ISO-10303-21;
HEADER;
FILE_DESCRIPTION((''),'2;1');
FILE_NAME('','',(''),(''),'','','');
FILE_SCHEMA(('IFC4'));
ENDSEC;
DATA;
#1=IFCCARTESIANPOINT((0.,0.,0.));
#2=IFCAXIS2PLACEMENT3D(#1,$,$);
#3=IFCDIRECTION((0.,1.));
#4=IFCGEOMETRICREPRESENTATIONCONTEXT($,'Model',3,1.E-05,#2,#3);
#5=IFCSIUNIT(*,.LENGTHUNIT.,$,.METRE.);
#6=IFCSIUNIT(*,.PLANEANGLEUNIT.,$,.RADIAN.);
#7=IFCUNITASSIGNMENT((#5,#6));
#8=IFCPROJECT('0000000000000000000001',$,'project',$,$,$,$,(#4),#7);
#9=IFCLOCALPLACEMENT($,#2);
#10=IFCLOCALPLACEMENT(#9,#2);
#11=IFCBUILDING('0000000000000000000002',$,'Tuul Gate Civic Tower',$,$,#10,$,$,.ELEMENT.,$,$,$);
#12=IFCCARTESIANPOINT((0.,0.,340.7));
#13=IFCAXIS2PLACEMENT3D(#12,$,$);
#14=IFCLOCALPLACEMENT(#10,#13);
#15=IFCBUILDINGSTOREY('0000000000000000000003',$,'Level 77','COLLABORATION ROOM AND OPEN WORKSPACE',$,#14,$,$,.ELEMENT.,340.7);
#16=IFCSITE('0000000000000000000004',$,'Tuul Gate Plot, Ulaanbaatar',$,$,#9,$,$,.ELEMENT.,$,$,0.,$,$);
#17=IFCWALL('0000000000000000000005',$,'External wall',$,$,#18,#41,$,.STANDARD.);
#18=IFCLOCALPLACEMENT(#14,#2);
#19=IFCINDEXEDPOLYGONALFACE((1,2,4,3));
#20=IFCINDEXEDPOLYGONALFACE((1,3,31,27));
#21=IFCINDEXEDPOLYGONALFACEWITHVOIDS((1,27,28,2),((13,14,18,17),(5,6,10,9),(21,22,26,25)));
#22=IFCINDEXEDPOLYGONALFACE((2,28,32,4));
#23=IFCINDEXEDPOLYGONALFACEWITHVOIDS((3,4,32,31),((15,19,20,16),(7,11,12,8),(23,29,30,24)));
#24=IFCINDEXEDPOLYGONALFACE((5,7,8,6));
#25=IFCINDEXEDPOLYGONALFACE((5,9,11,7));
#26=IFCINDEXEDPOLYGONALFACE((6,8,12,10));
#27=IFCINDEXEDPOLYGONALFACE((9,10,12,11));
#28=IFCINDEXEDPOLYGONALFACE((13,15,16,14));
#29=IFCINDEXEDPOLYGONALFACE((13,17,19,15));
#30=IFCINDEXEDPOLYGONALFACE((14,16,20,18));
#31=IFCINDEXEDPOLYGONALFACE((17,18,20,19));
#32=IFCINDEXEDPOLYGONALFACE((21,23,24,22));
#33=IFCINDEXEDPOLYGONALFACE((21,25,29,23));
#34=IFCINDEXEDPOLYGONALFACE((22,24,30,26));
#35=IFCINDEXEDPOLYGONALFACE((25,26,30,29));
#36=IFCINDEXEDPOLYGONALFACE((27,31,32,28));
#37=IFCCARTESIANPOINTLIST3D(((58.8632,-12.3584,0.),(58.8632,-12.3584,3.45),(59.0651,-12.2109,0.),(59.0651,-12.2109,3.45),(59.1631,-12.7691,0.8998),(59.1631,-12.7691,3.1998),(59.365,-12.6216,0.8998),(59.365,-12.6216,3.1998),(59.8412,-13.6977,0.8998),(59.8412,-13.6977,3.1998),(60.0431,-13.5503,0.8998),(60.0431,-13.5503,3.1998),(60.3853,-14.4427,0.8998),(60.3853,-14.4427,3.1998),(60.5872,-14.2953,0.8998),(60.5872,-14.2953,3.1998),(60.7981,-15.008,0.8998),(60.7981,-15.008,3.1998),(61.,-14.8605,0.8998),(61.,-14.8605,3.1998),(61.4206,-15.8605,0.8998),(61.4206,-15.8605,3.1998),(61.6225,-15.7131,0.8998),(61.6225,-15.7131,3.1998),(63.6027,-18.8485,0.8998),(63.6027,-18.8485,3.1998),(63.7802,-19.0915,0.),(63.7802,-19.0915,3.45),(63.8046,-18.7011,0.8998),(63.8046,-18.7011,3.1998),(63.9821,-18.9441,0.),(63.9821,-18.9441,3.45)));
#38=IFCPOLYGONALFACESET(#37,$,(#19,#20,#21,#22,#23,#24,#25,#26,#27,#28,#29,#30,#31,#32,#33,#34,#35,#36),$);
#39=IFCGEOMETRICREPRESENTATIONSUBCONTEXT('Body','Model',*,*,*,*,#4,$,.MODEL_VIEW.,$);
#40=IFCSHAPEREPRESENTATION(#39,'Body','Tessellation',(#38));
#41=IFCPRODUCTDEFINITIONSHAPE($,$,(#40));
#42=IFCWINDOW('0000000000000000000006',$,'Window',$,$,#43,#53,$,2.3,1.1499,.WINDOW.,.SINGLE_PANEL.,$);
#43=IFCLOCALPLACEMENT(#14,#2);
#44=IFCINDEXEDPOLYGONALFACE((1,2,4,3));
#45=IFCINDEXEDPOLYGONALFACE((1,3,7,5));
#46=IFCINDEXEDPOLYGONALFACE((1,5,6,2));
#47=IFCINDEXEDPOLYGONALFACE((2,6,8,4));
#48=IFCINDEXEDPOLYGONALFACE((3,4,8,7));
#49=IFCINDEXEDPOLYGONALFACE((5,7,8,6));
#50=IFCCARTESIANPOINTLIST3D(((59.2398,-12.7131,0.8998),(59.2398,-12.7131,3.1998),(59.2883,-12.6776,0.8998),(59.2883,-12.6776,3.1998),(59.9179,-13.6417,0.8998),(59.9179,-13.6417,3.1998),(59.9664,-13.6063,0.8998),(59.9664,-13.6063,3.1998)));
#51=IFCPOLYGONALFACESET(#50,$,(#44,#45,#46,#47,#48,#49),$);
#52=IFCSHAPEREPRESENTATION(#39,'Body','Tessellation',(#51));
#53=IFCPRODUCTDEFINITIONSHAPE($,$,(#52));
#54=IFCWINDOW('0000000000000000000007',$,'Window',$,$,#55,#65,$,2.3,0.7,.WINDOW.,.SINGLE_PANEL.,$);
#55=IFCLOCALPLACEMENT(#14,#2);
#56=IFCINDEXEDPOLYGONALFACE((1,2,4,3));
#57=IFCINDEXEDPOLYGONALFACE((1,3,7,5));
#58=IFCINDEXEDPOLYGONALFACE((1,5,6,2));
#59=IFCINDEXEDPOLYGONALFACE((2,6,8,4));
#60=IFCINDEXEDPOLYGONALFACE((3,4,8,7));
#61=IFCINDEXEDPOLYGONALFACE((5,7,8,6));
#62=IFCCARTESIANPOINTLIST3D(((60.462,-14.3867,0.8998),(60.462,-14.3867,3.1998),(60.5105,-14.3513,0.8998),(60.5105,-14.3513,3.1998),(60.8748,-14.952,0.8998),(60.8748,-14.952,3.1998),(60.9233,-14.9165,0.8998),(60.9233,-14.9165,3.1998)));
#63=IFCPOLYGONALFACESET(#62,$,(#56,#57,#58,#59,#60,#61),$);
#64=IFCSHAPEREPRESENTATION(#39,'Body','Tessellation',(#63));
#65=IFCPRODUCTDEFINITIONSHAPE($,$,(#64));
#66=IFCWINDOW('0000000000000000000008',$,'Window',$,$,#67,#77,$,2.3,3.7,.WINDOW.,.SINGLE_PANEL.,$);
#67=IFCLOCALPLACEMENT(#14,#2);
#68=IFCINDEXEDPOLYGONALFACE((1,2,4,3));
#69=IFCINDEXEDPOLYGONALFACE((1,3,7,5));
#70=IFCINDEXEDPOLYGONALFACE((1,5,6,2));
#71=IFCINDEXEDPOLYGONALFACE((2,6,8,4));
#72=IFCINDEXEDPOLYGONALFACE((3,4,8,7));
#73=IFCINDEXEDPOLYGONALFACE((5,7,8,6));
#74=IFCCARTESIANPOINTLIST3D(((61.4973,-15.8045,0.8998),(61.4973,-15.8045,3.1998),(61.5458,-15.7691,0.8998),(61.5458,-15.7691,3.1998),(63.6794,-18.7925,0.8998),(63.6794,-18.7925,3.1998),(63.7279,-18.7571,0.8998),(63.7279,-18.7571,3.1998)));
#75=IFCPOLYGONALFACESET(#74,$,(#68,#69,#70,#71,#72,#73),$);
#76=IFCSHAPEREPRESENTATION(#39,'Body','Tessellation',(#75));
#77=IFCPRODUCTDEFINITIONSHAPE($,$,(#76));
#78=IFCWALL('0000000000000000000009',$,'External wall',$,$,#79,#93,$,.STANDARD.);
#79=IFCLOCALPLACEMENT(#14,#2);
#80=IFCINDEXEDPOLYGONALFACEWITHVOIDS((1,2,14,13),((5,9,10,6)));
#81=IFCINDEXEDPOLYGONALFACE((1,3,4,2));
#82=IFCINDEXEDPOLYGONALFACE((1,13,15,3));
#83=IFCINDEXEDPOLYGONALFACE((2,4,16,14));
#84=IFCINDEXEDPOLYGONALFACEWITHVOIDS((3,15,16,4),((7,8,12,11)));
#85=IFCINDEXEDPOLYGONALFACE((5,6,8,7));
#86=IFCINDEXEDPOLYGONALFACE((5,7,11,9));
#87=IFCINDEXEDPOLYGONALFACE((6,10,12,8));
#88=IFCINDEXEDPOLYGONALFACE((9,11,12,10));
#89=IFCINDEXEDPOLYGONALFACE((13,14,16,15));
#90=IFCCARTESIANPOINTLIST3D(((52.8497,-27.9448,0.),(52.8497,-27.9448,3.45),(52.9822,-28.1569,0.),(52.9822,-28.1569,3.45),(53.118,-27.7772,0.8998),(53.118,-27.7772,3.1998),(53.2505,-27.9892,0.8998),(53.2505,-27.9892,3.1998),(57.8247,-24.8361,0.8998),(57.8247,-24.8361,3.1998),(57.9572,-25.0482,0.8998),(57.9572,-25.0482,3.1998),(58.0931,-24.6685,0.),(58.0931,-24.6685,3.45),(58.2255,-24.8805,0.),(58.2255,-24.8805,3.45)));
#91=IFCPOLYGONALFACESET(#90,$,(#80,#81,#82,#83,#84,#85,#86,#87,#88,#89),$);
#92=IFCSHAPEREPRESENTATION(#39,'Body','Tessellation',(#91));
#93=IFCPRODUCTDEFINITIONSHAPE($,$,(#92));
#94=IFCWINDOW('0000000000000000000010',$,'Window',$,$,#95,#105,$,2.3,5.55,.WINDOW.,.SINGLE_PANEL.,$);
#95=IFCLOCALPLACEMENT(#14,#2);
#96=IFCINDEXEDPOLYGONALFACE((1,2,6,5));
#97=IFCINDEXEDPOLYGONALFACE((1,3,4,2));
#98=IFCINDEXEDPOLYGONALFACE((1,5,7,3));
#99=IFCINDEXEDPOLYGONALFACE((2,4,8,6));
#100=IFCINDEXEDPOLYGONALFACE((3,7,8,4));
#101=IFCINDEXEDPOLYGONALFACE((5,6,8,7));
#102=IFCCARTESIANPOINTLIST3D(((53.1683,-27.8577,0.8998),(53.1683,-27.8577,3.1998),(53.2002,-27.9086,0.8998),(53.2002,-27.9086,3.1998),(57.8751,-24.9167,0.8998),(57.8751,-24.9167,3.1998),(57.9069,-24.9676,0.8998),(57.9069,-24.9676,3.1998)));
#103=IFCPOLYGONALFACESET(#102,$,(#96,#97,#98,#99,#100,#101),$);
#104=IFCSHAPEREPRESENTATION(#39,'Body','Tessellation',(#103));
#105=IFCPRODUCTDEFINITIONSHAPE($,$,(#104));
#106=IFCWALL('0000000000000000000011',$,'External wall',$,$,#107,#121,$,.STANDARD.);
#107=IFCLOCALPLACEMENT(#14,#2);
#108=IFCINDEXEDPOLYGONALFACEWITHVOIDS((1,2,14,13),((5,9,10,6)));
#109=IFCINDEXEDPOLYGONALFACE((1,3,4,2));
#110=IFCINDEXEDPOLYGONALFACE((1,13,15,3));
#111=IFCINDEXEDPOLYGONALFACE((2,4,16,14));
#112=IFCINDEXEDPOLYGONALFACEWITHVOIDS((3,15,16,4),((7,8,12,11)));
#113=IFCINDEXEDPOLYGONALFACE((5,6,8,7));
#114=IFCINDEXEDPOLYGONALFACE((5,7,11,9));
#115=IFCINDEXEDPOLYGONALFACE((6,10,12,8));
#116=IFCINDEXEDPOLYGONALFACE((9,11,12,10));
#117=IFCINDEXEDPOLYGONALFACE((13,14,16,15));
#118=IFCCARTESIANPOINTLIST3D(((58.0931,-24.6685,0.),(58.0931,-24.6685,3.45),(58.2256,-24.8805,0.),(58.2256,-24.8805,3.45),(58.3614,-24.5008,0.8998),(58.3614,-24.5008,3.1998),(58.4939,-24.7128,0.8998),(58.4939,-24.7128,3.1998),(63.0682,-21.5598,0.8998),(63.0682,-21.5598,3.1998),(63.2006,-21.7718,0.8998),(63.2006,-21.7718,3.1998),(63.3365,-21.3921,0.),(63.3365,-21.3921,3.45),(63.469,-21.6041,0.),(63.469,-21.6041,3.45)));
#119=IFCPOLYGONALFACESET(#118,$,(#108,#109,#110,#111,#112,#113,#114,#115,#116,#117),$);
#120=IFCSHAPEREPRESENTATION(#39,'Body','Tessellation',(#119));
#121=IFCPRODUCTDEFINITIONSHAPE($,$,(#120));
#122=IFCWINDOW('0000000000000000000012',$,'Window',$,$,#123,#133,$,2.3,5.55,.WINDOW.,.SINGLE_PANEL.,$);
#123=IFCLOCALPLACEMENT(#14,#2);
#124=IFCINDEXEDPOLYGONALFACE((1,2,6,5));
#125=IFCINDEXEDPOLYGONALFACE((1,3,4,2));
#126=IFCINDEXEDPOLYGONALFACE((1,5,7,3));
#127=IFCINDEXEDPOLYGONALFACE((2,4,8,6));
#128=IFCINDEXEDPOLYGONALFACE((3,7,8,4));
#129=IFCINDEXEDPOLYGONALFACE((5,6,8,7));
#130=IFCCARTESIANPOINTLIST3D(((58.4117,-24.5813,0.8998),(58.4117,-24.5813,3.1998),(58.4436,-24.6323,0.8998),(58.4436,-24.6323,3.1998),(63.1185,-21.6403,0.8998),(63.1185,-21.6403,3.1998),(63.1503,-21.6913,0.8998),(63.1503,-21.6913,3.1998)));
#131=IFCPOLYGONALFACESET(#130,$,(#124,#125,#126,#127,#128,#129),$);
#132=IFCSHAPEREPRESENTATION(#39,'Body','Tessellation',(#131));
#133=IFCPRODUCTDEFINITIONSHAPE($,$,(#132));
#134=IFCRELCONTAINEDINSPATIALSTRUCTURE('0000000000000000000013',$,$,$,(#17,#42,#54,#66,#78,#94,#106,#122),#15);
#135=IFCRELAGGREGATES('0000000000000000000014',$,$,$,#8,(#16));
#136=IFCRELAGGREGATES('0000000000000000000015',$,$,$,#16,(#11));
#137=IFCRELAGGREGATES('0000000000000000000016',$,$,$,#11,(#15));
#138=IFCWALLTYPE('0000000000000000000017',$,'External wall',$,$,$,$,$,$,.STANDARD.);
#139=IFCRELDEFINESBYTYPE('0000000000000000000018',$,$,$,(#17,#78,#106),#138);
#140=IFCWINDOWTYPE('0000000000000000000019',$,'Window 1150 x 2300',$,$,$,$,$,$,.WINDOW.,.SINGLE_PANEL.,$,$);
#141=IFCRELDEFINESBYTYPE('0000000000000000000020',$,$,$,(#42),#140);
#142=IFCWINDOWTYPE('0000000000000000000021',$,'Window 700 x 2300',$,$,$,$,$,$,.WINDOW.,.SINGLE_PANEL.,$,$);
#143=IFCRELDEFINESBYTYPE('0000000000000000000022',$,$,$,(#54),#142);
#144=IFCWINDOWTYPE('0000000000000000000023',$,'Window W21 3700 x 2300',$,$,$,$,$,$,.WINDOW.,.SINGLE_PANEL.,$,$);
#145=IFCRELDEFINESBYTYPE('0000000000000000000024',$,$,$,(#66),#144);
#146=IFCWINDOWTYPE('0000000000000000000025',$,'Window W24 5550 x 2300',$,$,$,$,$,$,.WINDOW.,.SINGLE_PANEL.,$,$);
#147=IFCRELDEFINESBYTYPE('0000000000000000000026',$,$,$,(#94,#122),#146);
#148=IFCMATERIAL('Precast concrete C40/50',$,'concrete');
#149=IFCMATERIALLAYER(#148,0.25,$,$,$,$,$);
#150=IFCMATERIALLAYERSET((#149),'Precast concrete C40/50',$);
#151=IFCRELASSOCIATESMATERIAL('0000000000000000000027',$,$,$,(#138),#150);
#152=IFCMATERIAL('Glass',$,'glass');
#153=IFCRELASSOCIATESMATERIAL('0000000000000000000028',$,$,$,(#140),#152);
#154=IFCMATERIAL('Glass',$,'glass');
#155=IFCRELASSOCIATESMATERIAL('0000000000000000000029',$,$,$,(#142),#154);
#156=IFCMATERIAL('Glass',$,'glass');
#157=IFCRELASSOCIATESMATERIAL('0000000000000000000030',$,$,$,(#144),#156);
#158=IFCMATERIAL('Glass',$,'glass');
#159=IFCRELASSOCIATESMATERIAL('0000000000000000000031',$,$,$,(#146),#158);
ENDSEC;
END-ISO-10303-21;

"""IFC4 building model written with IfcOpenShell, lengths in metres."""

from ifc_helpers import new_model, si_unit, direction, frame, frame_2d, origin, place, context, subcontext, project, spatial, rectangle, extrude, material, layer, layer_set, type_object, element, fill, save


model = new_model("IFC4")

# Units and contexts
model_context = context("Model", 3, precision=1e-05, world=origin(), true_north=direction((0.0, 1.0)))
body_context = subcontext(model_context, "Body", "Model", "MODEL_VIEW")
ifc_project = project(units=[si_unit("LENGTHUNIT", "METRE"), si_unit("PLANEANGLEUNIT", "RADIAN")], contexts=[model_context])

# Site, building, storey
site_placement = place(None, origin())
site = spatial("IfcSite", under=ifc_project, at=site_placement, Name="Tuul Gate Plot, Ulaanbaatar", CompositionType="ELEMENT", RefElevation=0.0)
building_placement = place(site_placement, origin())
building = spatial("IfcBuilding", under=site, at=building_placement, Name="Tuul Gate Civic Tower", CompositionType="ELEMENT")
storey_placement = place(building_placement, frame((0.0, 0.0, 340.7)))
storey = spatial("IfcBuildingStorey", under=building, at=storey_placement, Name="Level 77", Description="COLLABORATION ROOM AND OPEN WORKSPACE", CompositionType="ELEMENT", Elevation=340.7)

# Shared definitions
ifc_material_1 = material(Name="Precast concrete C40/50", Category="concrete")
ifc_layer_1 = layer(ifc_material_1, 0.25)
ifc_layer_set_1 = layer_set([ifc_layer_1], Name="Precast concrete C40/50")
wall_type_1 = type_object("IfcWallType", Name="External wall", PredefinedType="STANDARD", material=ifc_layer_set_1)

# Wall, openings, windows
wall_1_placement = place(storey_placement, frame((63.8811, -19.0178, 0.0), z_axis=(0.0, 0.0, 1.0), x_axis=(-0.589752, 0.807585, 0.0)))
wall_1 = element("IfcWall", 1, at=wall_1_placement, inside=storey, type_object=wall_type_1, Name="External wall", PredefinedType="STANDARD", context=body_context, shape_type="SweptSolid", body=[
    extrude(rectangle(XDim=8.3374, YDim=0.25, at=frame_2d((4.1687, 0.0))), origin(), (0.0, 0.0, 1.0), 3.45),
])
opening_1_placement = place(wall_1_placement, frame((0.3008, 0.0, 0.8999)))
opening_1 = element("IfcOpeningElement", 2, at=opening_1_placement, cuts=wall_1, PredefinedType="OPENING", context=body_context, shape_type="SweptSolid", body=[
    extrude(rectangle(XDim=3.7, YDim=2.3, at=frame_2d((1.8501, 1.1499))), frame((0.0, 0.135, 0.0), z_axis=(0.0, -1.0, 0.0), x_axis=(1.0, 0.0, 0.0)), (0.0, 0.0, 1.0), 0.27),
])
opening_2_placement = place(wall_1_placement, frame((5.0564, 0.0, 0.8999)))
opening_2 = element("IfcOpeningElement", 3, at=opening_2_placement, cuts=wall_1, PredefinedType="OPENING", context=body_context, shape_type="SweptSolid", body=[
    extrude(rectangle(XDim=0.7, YDim=2.3, at=frame_2d((0.3501, 1.1499))), frame((0.0, 0.135, 0.0), z_axis=(0.0, -1.0, 0.0), x_axis=(1.0, 0.0, 0.0)), (0.0, 0.0, 1.0), 0.27),
])
opening_3_placement = place(wall_1_placement, frame((6.679, 0.0, 0.8999)))
opening_3 = element("IfcOpeningElement", 4, at=opening_3_placement, cuts=wall_1, PredefinedType="OPENING", context=body_context, shape_type="SweptSolid", body=[
    extrude(rectangle(XDim=1.1499, YDim=2.3, at=frame_2d((0.575, 1.1499))), frame((0.0, 0.135, 0.0), z_axis=(0.0, -1.0, 0.0), x_axis=(1.0, 0.0, 0.0)), (0.0, 0.0, 1.0), 0.27),
])
ifc_material_2 = material(Name="Glass", Category="glass")
window_type_1 = type_object("IfcWindowType", Name="Window 1150 x 2300", PartitioningType="SINGLE_PANEL", PredefinedType="WINDOW", material=ifc_material_2)
window_1_placement = place(opening_3_placement, origin())
window_1 = element("IfcWindow", 5, at=window_1_placement, inside=storey, type_object=window_type_1, Name="Window", OverallHeight=2.3, OverallWidth=1.1499, PartitioningType="SINGLE_PANEL", PredefinedType="WINDOW", context=body_context, shape_type="SweptSolid", body=[
    extrude(rectangle(XDim=1.1499, YDim=2.3, at=frame_2d((0.575, 1.1499))), frame((0.0, 0.03, 0.0), z_axis=(0.0, -1.0, 0.0), x_axis=(1.0, 0.0, 0.0)), (0.0, 0.0, 1.0), 0.0601),
])
fill(opening_3, window_1)
ifc_material_3 = material(Name="Glass", Category="glass")
window_type_2 = type_object("IfcWindowType", Name="Window 700 x 2300", PartitioningType="SINGLE_PANEL", PredefinedType="WINDOW", material=ifc_material_3)
window_2_placement = place(opening_2_placement, origin())
window_2 = element("IfcWindow", 6, at=window_2_placement, inside=storey, type_object=window_type_2, Name="Window", OverallHeight=2.3, OverallWidth=0.7, PartitioningType="SINGLE_PANEL", PredefinedType="WINDOW", context=body_context, shape_type="SweptSolid", body=[
    extrude(rectangle(XDim=0.7, YDim=2.3, at=frame_2d((0.3501, 1.1499))), frame((0.0, 0.03, 0.0), z_axis=(0.0, -1.0, 0.0), x_axis=(1.0, 0.0, 0.0)), (0.0, 0.0, 1.0), 0.0601),
])
fill(opening_2, window_2)
ifc_material_4 = material(Name="Glass", Category="glass")
window_type_3 = type_object("IfcWindowType", Name="Window W21 3700 x 2300", PartitioningType="SINGLE_PANEL", PredefinedType="WINDOW", material=ifc_material_4)
window_3_placement = place(opening_1_placement, origin())
window_3 = element("IfcWindow", 7, at=window_3_placement, inside=storey, type_object=window_type_3, Name="Window", OverallHeight=2.3, OverallWidth=3.7, PartitioningType="SINGLE_PANEL", PredefinedType="WINDOW", context=body_context, shape_type="SweptSolid", body=[
    extrude(rectangle(XDim=3.7, YDim=2.3, at=frame_2d((1.8501, 1.1499))), frame((0.0, 0.03, 0.0), z_axis=(0.0, -1.0, 0.0), x_axis=(1.0, 0.0, 0.0)), (0.0, 0.0, 1.0), 0.0601),
])
fill(opening_1, window_3)

# Walls, openings, windows
wall_2_placement = place(storey_placement, frame((52.916, -28.0508, 0.0), z_axis=(0.0, 0.0, 1.0), x_axis=(0.848054, 0.52991, 0.0)))
wall_2 = element("IfcWall", 8, at=wall_2_placement, inside=storey, type_object=wall_type_1, Name="External wall", PredefinedType="STANDARD", context=body_context, shape_type="SweptSolid", body=[
    extrude(rectangle(XDim=6.1829, YDim=0.25, at=frame_2d((3.0913, 0.0))), origin(), (0.0, 0.0, 1.0), 3.45),
])
opening_4_placement = place(wall_2_placement, frame((0.3164, 0.0, 0.8999)))
opening_4 = element("IfcOpeningElement", 9, at=opening_4_placement, cuts=wall_2, PredefinedType="OPENING", context=body_context, shape_type="SweptSolid", body=[
    extrude(rectangle(XDim=5.55, YDim=2.3, at=frame_2d((2.7749, 1.1499))), frame((0.0, 0.135, 0.0), z_axis=(0.0, -1.0, 0.0), x_axis=(1.0, 0.0, 0.0)), (0.0, 0.0, 1.0), 0.27),
])
ifc_material_5 = material(Name="Glass", Category="glass")
window_type_4 = type_object("IfcWindowType", Name="Window W24 5550 x 2300", PartitioningType="SINGLE_PANEL", PredefinedType="WINDOW", material=ifc_material_5)
window_4_placement = place(opening_4_placement, origin())
window_4 = element("IfcWindow", 10, at=window_4_placement, inside=storey, type_object=window_type_4, Name="Window", OverallHeight=2.3, OverallWidth=5.55, PartitioningType="SINGLE_PANEL", PredefinedType="WINDOW", context=body_context, shape_type="SweptSolid", body=[
    extrude(rectangle(XDim=5.55, YDim=2.3, at=frame_2d((2.7749, 1.1499))), frame((0.0, 0.03, 0.0), z_axis=(0.0, -1.0, 0.0), x_axis=(1.0, 0.0, 0.0)), (0.0, 0.0, 1.0), 0.0601),
])
fill(opening_4, window_4)
wall_3_placement = place(storey_placement, frame((58.1594, -24.7744, 0.0), z_axis=(0.0, 0.0, 1.0), x_axis=(0.848054, 0.52991, 0.0)))
wall_3 = element("IfcWall", 11, at=wall_3_placement, inside=storey, type_object=wall_type_1, Name="External wall", PredefinedType="STANDARD", context=body_context, shape_type="SweptSolid", body=[
    extrude(rectangle(XDim=6.1829, YDim=0.25, at=frame_2d((3.0913, 0.0))), origin(), (0.0, 0.0, 1.0), 3.45),
])
opening_5_placement = place(wall_3_placement, frame((0.3164, 0.0, 0.8999)))
opening_5 = element("IfcOpeningElement", 12, at=opening_5_placement, cuts=wall_3, PredefinedType="OPENING", context=body_context, shape_type="SweptSolid", body=[
    extrude(rectangle(XDim=5.55, YDim=2.3, at=frame_2d((2.7749, 1.1499))), frame((0.0, 0.135, 0.0), z_axis=(0.0, -1.0, 0.0), x_axis=(1.0, 0.0, 0.0)), (0.0, 0.0, 1.0), 0.27),
])
window_5_placement = place(opening_5_placement, origin())
window_5 = element("IfcWindow", 13, at=window_5_placement, inside=storey, type_object=window_type_4, Name="Window", OverallHeight=2.3, OverallWidth=5.55, PartitioningType="SINGLE_PANEL", PredefinedType="WINDOW", context=body_context, shape_type="SweptSolid", body=[
    extrude(rectangle(XDim=5.55, YDim=2.3, at=frame_2d((2.7749, 1.1499))), frame((0.0, 0.03, 0.0), z_axis=(0.0, -1.0, 0.0), x_axis=(1.0, 0.0, 0.0)), (0.0, 0.0, 1.0), 0.0601),
])
fill(opening_5, window_5)

save(model, "model.ifc")
